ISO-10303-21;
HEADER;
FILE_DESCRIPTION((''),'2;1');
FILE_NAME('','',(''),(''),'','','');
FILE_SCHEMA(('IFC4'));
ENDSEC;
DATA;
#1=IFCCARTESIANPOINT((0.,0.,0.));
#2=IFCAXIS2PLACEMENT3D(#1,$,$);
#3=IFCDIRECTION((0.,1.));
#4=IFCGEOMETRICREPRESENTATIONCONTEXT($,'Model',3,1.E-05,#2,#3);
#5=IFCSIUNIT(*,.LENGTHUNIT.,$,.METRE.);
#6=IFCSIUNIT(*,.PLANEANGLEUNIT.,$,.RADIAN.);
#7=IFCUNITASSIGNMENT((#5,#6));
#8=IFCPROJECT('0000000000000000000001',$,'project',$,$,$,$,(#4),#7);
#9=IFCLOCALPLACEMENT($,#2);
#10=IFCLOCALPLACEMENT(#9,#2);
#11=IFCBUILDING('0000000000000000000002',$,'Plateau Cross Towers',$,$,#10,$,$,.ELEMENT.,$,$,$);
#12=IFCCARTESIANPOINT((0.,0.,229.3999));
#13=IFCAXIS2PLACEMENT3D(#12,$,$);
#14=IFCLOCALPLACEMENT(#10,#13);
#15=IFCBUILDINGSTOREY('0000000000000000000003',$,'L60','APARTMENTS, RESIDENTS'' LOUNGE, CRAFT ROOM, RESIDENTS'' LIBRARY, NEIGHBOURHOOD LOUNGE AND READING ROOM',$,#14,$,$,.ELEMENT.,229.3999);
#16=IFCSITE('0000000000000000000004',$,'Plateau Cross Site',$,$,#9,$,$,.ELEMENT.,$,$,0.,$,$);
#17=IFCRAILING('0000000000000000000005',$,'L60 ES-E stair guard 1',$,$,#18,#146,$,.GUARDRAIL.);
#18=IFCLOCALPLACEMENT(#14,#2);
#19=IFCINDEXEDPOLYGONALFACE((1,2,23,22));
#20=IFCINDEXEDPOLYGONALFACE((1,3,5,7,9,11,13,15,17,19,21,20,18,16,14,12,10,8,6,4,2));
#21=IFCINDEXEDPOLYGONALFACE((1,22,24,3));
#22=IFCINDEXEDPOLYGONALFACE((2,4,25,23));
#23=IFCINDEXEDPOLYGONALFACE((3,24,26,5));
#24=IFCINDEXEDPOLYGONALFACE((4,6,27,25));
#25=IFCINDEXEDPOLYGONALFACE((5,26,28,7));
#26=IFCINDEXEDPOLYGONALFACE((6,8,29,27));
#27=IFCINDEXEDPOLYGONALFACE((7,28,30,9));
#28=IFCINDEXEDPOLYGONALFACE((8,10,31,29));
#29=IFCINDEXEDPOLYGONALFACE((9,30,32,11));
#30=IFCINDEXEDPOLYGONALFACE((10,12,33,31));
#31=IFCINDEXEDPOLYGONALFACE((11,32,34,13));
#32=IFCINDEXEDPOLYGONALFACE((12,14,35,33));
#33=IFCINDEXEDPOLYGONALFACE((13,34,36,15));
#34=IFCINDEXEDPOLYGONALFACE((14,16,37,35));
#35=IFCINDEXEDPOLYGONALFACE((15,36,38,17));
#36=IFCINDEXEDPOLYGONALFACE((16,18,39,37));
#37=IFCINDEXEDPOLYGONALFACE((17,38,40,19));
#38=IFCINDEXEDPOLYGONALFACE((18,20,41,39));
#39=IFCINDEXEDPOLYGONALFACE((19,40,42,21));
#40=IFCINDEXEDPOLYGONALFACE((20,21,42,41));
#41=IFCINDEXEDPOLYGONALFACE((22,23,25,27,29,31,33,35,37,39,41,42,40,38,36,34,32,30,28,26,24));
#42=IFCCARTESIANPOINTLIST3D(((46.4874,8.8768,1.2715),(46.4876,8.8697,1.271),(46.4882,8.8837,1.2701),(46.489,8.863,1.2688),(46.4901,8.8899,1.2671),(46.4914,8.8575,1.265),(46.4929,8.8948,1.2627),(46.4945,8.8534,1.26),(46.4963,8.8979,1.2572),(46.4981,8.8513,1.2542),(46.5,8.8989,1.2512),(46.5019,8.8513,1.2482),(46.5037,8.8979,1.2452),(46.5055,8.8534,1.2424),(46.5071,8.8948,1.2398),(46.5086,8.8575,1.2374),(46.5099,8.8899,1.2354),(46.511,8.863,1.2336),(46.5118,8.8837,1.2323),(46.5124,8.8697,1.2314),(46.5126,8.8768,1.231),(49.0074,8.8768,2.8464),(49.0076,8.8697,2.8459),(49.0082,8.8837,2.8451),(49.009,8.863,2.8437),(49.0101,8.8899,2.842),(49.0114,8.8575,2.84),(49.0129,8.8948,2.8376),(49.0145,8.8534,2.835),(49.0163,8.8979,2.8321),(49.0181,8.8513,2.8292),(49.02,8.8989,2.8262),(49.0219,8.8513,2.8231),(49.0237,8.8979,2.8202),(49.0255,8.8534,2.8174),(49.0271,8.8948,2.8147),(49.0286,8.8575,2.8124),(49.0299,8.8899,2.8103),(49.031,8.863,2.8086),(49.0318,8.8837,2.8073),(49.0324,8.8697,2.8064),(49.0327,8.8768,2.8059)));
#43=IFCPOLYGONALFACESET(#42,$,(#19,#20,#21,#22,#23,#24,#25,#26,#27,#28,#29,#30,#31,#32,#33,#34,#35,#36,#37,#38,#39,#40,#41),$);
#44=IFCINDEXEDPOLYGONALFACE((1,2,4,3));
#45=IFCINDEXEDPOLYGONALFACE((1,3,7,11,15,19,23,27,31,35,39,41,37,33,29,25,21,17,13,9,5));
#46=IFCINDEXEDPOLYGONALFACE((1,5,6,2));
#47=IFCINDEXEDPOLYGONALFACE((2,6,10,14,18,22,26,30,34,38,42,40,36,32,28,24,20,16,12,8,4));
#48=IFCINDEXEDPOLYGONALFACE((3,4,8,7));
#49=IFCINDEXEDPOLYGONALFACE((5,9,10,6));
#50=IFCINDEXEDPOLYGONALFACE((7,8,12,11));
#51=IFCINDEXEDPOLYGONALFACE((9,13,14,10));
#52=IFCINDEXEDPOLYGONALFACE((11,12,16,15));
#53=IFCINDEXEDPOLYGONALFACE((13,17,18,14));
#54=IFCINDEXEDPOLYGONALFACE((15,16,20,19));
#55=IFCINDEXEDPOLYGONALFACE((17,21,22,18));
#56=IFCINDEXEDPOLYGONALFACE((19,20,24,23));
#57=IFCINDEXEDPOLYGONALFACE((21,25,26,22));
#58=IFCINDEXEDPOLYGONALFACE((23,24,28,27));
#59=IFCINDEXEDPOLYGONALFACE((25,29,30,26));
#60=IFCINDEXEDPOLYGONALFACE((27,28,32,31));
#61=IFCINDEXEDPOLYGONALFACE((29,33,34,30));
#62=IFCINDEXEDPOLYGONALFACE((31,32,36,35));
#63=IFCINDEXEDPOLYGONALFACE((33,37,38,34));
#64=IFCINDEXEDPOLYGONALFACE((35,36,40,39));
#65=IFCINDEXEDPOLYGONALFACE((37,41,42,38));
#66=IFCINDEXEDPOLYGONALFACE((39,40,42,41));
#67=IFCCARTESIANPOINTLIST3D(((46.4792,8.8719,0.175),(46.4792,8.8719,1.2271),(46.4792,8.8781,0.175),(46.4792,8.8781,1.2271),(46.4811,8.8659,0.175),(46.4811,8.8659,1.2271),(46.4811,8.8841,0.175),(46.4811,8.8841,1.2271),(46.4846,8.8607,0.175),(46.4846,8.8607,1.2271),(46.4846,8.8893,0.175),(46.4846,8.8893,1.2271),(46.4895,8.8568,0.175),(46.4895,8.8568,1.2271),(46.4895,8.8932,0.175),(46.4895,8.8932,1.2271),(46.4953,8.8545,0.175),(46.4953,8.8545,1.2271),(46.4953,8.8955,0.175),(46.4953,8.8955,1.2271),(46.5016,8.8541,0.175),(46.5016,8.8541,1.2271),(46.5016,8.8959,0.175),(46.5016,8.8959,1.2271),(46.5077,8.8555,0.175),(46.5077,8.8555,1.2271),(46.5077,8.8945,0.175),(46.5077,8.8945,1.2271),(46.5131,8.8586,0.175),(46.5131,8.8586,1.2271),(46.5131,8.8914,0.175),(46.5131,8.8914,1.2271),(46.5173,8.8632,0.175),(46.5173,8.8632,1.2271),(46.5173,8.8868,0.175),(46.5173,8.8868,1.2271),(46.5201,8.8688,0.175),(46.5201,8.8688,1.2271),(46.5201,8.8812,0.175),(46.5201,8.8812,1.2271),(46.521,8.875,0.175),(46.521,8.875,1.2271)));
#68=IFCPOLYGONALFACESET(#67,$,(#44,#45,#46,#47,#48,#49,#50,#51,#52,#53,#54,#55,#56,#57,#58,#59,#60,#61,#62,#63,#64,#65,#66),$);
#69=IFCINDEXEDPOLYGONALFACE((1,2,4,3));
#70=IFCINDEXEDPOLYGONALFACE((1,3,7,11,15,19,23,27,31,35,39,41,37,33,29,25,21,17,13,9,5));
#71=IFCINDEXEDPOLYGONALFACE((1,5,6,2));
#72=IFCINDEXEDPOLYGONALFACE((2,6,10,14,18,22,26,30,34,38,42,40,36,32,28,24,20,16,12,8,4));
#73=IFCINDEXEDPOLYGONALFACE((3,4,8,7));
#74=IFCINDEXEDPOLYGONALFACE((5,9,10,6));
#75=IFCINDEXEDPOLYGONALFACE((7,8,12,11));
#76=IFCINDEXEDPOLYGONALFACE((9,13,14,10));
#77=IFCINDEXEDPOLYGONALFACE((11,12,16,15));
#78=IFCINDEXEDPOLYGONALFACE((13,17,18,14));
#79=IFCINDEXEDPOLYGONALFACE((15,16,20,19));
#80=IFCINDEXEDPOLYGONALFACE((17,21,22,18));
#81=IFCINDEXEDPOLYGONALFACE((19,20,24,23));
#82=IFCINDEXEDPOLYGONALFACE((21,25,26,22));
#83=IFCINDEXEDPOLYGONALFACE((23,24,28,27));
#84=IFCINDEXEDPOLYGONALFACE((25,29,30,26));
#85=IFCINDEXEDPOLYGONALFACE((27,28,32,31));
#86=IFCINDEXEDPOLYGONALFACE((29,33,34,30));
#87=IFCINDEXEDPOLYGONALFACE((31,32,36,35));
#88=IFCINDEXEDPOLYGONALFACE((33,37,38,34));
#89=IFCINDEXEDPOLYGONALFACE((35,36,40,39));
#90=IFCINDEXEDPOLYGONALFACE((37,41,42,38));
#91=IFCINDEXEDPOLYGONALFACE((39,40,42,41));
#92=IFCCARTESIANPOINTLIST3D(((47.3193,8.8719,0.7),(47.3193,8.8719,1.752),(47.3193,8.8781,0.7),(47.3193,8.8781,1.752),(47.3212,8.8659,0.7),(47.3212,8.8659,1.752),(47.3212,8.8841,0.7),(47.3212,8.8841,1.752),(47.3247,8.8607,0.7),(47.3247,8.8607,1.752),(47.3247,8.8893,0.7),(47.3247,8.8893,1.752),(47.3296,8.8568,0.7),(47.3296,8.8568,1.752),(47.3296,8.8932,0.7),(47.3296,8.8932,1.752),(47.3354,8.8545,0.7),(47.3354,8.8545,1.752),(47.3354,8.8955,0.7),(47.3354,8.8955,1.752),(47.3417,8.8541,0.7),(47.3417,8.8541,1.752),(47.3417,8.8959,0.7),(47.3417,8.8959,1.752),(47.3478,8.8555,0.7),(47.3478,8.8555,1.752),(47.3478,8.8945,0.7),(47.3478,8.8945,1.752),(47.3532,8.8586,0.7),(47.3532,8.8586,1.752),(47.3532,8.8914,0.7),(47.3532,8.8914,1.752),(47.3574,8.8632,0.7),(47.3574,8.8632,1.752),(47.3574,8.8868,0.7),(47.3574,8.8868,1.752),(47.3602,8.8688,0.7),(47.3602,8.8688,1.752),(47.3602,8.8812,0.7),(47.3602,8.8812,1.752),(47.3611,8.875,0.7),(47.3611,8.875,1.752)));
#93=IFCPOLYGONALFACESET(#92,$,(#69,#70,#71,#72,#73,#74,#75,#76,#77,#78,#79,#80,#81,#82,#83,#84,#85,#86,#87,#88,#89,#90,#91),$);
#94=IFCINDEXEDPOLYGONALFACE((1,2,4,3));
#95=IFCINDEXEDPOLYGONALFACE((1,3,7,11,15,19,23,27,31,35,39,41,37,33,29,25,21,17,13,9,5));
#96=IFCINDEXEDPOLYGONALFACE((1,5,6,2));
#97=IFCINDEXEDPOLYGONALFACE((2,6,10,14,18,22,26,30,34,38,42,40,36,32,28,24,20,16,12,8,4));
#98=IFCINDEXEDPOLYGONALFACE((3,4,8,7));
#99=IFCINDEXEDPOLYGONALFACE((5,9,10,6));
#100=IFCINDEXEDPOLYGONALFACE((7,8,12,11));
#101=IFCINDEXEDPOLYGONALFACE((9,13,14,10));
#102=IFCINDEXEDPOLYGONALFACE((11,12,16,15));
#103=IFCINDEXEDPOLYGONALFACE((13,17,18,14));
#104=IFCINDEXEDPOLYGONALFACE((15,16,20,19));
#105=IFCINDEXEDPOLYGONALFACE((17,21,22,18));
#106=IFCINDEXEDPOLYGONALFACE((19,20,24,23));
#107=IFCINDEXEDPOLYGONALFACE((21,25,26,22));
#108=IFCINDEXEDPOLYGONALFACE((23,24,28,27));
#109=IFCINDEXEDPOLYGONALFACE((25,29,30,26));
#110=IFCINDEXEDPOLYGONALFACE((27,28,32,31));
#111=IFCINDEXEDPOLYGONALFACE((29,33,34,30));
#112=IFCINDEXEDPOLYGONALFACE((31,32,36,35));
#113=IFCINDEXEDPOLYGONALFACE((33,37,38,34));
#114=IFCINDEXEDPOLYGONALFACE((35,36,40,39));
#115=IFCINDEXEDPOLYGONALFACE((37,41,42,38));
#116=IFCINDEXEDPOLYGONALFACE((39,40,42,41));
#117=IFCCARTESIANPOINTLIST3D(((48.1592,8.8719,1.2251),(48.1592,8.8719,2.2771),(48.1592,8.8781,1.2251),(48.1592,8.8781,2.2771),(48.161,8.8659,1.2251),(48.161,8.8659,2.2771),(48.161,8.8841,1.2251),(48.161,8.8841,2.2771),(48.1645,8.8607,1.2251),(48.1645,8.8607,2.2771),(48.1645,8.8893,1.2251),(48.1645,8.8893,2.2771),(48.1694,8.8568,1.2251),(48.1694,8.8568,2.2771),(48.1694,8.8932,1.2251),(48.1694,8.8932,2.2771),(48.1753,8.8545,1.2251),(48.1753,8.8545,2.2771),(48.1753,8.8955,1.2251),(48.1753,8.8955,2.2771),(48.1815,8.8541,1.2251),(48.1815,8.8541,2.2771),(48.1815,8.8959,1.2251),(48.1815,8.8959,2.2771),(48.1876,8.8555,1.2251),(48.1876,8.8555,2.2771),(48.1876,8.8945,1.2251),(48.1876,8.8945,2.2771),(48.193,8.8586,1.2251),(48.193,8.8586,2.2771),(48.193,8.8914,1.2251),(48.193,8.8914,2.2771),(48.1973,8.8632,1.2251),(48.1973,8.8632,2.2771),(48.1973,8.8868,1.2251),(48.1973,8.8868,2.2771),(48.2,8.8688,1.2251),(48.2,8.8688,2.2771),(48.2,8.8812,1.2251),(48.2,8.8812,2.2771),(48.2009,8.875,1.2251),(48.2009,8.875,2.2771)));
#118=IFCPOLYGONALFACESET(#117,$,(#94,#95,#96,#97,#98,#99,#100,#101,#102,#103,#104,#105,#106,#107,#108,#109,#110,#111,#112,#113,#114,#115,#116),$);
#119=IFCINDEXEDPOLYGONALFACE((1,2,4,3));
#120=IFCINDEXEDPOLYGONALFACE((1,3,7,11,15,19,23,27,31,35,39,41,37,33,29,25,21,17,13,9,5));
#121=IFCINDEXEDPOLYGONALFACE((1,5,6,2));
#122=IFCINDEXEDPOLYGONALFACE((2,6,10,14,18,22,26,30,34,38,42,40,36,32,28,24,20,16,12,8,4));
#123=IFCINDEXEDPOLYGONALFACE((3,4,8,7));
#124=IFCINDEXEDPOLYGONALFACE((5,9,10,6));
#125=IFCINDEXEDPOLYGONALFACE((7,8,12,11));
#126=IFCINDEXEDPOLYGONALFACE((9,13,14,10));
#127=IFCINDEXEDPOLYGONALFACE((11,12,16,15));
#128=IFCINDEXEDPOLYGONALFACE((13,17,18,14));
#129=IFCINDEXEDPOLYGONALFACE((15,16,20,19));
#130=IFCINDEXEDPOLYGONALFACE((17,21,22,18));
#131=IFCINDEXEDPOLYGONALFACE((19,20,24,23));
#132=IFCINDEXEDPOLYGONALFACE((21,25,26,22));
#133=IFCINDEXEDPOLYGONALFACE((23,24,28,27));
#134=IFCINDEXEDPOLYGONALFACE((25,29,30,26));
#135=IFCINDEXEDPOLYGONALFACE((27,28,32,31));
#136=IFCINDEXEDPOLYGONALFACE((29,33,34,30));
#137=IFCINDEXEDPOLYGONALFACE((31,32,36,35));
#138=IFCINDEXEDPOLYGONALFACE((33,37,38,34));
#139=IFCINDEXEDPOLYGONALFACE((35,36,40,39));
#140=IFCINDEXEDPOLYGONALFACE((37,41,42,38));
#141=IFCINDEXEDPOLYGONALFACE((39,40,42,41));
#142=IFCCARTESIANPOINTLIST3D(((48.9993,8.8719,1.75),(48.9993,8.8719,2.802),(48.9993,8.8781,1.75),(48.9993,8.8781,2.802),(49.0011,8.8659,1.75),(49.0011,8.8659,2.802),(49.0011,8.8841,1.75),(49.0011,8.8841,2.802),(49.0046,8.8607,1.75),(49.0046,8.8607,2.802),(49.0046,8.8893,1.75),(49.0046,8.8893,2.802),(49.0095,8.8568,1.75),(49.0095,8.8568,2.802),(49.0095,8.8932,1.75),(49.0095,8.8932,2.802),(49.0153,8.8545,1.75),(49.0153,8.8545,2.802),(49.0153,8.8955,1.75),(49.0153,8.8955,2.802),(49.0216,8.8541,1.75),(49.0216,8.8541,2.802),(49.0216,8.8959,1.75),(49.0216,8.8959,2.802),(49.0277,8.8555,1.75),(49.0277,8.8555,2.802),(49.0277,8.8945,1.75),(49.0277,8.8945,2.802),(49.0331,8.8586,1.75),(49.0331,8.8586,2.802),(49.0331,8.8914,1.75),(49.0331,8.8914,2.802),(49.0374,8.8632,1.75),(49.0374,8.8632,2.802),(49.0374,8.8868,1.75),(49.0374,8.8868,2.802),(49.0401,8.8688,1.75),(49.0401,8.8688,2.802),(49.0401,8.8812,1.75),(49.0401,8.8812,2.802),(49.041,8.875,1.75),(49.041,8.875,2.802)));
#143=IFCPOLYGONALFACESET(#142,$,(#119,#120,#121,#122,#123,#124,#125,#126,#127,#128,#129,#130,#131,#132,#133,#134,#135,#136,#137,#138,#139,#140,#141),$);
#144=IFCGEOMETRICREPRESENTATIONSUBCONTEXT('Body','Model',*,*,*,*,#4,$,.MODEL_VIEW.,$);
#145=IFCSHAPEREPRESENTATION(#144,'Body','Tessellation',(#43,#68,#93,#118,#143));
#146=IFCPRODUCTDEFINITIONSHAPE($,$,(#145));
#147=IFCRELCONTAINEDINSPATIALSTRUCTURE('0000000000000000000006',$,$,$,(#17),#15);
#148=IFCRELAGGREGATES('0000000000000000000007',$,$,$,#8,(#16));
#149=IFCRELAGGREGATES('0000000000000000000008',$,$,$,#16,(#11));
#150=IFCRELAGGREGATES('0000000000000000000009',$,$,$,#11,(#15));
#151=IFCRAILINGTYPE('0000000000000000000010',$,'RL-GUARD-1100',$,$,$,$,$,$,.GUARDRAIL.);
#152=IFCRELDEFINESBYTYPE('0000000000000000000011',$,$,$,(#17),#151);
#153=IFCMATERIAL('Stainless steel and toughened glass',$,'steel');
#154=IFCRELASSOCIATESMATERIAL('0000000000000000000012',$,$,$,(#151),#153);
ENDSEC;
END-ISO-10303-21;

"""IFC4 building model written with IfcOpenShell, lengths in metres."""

from ifc_helpers import new_model, si_unit, direction, frame, origin, origin_2d, place, context, subcontext, project, spatial, circle, extrude, material, type_object, element, save


model = new_model("IFC4")

# Units and contexts
model_context = context("Model", 3, precision=1e-05, world=origin(), true_north=direction((0.0, 1.0)))
body_context = subcontext(model_context, "Body", "Model", "MODEL_VIEW")
ifc_project = project(units=[si_unit("LENGTHUNIT", "METRE"), si_unit("PLANEANGLEUNIT", "RADIAN")], contexts=[model_context])

# Site, building, storey
site_placement = place(None, origin())
site = spatial("IfcSite", under=ifc_project, at=site_placement, Name="Plateau Cross Site", CompositionType="ELEMENT", RefElevation=0.0)
building_placement = place(site_placement, origin())
building = spatial("IfcBuilding", under=site, at=building_placement, Name="Plateau Cross Towers", CompositionType="ELEMENT")
storey_placement = place(building_placement, frame((0.0, 0.0, 229.3999)))
storey = spatial("IfcBuildingStorey", under=building, at=storey_placement, Name="L60", Description="APARTMENTS, RESIDENTS' LOUNGE, CRAFT ROOM, RESIDENTS' LIBRARY, NEIGHBOURHOOD LOUNGE AND READING ROOM", CompositionType="ELEMENT", Elevation=229.3999)

# Railing
ifc_material_1 = material(Name="Stainless steel and toughened glass", Category="steel")
railing_type_1 = type_object("IfcRailingType", Name="RL-GUARD-1100", PredefinedType="GUARDRAIL", material=ifc_material_1)
railing_1_placement = place(storey_placement, frame((46.5, 8.875, 0.175)))
element("IfcRailing", 1, at=railing_1_placement, inside=storey, type_object=railing_type_1, Name="L60 ES-E stair guard 1", PredefinedType="GUARDRAIL", context=body_context, shape_type="SweptSolid", body=[
    extrude(circle(Radius=0.0239, at=origin_2d()), frame((0.0, 0.0, 1.0762), z_axis=(0.848008, 0.0, 0.529984), x_axis=(0.0, 1.0, 0.0)), (0.0, 0.0, 1.0), 2.9717),
    extrude(circle(Radius=0.021, at=origin_2d()), origin(), (0.0, 0.0, 1.0), 1.052),
    extrude(circle(Radius=0.021, at=origin_2d()), frame((0.8401, 0.0, 0.5249)), (0.0, 0.0, 1.0), 1.052),
    extrude(circle(Radius=0.021, at=origin_2d()), frame((1.6799, 0.0, 1.05)), (0.0, 0.0, 1.0), 1.052),
    extrude(circle(Radius=0.021, at=origin_2d()), frame((2.52, 0.0, 1.575)), (0.0, 0.0, 1.0), 1.052),
])

save(model, "model.ifc")
